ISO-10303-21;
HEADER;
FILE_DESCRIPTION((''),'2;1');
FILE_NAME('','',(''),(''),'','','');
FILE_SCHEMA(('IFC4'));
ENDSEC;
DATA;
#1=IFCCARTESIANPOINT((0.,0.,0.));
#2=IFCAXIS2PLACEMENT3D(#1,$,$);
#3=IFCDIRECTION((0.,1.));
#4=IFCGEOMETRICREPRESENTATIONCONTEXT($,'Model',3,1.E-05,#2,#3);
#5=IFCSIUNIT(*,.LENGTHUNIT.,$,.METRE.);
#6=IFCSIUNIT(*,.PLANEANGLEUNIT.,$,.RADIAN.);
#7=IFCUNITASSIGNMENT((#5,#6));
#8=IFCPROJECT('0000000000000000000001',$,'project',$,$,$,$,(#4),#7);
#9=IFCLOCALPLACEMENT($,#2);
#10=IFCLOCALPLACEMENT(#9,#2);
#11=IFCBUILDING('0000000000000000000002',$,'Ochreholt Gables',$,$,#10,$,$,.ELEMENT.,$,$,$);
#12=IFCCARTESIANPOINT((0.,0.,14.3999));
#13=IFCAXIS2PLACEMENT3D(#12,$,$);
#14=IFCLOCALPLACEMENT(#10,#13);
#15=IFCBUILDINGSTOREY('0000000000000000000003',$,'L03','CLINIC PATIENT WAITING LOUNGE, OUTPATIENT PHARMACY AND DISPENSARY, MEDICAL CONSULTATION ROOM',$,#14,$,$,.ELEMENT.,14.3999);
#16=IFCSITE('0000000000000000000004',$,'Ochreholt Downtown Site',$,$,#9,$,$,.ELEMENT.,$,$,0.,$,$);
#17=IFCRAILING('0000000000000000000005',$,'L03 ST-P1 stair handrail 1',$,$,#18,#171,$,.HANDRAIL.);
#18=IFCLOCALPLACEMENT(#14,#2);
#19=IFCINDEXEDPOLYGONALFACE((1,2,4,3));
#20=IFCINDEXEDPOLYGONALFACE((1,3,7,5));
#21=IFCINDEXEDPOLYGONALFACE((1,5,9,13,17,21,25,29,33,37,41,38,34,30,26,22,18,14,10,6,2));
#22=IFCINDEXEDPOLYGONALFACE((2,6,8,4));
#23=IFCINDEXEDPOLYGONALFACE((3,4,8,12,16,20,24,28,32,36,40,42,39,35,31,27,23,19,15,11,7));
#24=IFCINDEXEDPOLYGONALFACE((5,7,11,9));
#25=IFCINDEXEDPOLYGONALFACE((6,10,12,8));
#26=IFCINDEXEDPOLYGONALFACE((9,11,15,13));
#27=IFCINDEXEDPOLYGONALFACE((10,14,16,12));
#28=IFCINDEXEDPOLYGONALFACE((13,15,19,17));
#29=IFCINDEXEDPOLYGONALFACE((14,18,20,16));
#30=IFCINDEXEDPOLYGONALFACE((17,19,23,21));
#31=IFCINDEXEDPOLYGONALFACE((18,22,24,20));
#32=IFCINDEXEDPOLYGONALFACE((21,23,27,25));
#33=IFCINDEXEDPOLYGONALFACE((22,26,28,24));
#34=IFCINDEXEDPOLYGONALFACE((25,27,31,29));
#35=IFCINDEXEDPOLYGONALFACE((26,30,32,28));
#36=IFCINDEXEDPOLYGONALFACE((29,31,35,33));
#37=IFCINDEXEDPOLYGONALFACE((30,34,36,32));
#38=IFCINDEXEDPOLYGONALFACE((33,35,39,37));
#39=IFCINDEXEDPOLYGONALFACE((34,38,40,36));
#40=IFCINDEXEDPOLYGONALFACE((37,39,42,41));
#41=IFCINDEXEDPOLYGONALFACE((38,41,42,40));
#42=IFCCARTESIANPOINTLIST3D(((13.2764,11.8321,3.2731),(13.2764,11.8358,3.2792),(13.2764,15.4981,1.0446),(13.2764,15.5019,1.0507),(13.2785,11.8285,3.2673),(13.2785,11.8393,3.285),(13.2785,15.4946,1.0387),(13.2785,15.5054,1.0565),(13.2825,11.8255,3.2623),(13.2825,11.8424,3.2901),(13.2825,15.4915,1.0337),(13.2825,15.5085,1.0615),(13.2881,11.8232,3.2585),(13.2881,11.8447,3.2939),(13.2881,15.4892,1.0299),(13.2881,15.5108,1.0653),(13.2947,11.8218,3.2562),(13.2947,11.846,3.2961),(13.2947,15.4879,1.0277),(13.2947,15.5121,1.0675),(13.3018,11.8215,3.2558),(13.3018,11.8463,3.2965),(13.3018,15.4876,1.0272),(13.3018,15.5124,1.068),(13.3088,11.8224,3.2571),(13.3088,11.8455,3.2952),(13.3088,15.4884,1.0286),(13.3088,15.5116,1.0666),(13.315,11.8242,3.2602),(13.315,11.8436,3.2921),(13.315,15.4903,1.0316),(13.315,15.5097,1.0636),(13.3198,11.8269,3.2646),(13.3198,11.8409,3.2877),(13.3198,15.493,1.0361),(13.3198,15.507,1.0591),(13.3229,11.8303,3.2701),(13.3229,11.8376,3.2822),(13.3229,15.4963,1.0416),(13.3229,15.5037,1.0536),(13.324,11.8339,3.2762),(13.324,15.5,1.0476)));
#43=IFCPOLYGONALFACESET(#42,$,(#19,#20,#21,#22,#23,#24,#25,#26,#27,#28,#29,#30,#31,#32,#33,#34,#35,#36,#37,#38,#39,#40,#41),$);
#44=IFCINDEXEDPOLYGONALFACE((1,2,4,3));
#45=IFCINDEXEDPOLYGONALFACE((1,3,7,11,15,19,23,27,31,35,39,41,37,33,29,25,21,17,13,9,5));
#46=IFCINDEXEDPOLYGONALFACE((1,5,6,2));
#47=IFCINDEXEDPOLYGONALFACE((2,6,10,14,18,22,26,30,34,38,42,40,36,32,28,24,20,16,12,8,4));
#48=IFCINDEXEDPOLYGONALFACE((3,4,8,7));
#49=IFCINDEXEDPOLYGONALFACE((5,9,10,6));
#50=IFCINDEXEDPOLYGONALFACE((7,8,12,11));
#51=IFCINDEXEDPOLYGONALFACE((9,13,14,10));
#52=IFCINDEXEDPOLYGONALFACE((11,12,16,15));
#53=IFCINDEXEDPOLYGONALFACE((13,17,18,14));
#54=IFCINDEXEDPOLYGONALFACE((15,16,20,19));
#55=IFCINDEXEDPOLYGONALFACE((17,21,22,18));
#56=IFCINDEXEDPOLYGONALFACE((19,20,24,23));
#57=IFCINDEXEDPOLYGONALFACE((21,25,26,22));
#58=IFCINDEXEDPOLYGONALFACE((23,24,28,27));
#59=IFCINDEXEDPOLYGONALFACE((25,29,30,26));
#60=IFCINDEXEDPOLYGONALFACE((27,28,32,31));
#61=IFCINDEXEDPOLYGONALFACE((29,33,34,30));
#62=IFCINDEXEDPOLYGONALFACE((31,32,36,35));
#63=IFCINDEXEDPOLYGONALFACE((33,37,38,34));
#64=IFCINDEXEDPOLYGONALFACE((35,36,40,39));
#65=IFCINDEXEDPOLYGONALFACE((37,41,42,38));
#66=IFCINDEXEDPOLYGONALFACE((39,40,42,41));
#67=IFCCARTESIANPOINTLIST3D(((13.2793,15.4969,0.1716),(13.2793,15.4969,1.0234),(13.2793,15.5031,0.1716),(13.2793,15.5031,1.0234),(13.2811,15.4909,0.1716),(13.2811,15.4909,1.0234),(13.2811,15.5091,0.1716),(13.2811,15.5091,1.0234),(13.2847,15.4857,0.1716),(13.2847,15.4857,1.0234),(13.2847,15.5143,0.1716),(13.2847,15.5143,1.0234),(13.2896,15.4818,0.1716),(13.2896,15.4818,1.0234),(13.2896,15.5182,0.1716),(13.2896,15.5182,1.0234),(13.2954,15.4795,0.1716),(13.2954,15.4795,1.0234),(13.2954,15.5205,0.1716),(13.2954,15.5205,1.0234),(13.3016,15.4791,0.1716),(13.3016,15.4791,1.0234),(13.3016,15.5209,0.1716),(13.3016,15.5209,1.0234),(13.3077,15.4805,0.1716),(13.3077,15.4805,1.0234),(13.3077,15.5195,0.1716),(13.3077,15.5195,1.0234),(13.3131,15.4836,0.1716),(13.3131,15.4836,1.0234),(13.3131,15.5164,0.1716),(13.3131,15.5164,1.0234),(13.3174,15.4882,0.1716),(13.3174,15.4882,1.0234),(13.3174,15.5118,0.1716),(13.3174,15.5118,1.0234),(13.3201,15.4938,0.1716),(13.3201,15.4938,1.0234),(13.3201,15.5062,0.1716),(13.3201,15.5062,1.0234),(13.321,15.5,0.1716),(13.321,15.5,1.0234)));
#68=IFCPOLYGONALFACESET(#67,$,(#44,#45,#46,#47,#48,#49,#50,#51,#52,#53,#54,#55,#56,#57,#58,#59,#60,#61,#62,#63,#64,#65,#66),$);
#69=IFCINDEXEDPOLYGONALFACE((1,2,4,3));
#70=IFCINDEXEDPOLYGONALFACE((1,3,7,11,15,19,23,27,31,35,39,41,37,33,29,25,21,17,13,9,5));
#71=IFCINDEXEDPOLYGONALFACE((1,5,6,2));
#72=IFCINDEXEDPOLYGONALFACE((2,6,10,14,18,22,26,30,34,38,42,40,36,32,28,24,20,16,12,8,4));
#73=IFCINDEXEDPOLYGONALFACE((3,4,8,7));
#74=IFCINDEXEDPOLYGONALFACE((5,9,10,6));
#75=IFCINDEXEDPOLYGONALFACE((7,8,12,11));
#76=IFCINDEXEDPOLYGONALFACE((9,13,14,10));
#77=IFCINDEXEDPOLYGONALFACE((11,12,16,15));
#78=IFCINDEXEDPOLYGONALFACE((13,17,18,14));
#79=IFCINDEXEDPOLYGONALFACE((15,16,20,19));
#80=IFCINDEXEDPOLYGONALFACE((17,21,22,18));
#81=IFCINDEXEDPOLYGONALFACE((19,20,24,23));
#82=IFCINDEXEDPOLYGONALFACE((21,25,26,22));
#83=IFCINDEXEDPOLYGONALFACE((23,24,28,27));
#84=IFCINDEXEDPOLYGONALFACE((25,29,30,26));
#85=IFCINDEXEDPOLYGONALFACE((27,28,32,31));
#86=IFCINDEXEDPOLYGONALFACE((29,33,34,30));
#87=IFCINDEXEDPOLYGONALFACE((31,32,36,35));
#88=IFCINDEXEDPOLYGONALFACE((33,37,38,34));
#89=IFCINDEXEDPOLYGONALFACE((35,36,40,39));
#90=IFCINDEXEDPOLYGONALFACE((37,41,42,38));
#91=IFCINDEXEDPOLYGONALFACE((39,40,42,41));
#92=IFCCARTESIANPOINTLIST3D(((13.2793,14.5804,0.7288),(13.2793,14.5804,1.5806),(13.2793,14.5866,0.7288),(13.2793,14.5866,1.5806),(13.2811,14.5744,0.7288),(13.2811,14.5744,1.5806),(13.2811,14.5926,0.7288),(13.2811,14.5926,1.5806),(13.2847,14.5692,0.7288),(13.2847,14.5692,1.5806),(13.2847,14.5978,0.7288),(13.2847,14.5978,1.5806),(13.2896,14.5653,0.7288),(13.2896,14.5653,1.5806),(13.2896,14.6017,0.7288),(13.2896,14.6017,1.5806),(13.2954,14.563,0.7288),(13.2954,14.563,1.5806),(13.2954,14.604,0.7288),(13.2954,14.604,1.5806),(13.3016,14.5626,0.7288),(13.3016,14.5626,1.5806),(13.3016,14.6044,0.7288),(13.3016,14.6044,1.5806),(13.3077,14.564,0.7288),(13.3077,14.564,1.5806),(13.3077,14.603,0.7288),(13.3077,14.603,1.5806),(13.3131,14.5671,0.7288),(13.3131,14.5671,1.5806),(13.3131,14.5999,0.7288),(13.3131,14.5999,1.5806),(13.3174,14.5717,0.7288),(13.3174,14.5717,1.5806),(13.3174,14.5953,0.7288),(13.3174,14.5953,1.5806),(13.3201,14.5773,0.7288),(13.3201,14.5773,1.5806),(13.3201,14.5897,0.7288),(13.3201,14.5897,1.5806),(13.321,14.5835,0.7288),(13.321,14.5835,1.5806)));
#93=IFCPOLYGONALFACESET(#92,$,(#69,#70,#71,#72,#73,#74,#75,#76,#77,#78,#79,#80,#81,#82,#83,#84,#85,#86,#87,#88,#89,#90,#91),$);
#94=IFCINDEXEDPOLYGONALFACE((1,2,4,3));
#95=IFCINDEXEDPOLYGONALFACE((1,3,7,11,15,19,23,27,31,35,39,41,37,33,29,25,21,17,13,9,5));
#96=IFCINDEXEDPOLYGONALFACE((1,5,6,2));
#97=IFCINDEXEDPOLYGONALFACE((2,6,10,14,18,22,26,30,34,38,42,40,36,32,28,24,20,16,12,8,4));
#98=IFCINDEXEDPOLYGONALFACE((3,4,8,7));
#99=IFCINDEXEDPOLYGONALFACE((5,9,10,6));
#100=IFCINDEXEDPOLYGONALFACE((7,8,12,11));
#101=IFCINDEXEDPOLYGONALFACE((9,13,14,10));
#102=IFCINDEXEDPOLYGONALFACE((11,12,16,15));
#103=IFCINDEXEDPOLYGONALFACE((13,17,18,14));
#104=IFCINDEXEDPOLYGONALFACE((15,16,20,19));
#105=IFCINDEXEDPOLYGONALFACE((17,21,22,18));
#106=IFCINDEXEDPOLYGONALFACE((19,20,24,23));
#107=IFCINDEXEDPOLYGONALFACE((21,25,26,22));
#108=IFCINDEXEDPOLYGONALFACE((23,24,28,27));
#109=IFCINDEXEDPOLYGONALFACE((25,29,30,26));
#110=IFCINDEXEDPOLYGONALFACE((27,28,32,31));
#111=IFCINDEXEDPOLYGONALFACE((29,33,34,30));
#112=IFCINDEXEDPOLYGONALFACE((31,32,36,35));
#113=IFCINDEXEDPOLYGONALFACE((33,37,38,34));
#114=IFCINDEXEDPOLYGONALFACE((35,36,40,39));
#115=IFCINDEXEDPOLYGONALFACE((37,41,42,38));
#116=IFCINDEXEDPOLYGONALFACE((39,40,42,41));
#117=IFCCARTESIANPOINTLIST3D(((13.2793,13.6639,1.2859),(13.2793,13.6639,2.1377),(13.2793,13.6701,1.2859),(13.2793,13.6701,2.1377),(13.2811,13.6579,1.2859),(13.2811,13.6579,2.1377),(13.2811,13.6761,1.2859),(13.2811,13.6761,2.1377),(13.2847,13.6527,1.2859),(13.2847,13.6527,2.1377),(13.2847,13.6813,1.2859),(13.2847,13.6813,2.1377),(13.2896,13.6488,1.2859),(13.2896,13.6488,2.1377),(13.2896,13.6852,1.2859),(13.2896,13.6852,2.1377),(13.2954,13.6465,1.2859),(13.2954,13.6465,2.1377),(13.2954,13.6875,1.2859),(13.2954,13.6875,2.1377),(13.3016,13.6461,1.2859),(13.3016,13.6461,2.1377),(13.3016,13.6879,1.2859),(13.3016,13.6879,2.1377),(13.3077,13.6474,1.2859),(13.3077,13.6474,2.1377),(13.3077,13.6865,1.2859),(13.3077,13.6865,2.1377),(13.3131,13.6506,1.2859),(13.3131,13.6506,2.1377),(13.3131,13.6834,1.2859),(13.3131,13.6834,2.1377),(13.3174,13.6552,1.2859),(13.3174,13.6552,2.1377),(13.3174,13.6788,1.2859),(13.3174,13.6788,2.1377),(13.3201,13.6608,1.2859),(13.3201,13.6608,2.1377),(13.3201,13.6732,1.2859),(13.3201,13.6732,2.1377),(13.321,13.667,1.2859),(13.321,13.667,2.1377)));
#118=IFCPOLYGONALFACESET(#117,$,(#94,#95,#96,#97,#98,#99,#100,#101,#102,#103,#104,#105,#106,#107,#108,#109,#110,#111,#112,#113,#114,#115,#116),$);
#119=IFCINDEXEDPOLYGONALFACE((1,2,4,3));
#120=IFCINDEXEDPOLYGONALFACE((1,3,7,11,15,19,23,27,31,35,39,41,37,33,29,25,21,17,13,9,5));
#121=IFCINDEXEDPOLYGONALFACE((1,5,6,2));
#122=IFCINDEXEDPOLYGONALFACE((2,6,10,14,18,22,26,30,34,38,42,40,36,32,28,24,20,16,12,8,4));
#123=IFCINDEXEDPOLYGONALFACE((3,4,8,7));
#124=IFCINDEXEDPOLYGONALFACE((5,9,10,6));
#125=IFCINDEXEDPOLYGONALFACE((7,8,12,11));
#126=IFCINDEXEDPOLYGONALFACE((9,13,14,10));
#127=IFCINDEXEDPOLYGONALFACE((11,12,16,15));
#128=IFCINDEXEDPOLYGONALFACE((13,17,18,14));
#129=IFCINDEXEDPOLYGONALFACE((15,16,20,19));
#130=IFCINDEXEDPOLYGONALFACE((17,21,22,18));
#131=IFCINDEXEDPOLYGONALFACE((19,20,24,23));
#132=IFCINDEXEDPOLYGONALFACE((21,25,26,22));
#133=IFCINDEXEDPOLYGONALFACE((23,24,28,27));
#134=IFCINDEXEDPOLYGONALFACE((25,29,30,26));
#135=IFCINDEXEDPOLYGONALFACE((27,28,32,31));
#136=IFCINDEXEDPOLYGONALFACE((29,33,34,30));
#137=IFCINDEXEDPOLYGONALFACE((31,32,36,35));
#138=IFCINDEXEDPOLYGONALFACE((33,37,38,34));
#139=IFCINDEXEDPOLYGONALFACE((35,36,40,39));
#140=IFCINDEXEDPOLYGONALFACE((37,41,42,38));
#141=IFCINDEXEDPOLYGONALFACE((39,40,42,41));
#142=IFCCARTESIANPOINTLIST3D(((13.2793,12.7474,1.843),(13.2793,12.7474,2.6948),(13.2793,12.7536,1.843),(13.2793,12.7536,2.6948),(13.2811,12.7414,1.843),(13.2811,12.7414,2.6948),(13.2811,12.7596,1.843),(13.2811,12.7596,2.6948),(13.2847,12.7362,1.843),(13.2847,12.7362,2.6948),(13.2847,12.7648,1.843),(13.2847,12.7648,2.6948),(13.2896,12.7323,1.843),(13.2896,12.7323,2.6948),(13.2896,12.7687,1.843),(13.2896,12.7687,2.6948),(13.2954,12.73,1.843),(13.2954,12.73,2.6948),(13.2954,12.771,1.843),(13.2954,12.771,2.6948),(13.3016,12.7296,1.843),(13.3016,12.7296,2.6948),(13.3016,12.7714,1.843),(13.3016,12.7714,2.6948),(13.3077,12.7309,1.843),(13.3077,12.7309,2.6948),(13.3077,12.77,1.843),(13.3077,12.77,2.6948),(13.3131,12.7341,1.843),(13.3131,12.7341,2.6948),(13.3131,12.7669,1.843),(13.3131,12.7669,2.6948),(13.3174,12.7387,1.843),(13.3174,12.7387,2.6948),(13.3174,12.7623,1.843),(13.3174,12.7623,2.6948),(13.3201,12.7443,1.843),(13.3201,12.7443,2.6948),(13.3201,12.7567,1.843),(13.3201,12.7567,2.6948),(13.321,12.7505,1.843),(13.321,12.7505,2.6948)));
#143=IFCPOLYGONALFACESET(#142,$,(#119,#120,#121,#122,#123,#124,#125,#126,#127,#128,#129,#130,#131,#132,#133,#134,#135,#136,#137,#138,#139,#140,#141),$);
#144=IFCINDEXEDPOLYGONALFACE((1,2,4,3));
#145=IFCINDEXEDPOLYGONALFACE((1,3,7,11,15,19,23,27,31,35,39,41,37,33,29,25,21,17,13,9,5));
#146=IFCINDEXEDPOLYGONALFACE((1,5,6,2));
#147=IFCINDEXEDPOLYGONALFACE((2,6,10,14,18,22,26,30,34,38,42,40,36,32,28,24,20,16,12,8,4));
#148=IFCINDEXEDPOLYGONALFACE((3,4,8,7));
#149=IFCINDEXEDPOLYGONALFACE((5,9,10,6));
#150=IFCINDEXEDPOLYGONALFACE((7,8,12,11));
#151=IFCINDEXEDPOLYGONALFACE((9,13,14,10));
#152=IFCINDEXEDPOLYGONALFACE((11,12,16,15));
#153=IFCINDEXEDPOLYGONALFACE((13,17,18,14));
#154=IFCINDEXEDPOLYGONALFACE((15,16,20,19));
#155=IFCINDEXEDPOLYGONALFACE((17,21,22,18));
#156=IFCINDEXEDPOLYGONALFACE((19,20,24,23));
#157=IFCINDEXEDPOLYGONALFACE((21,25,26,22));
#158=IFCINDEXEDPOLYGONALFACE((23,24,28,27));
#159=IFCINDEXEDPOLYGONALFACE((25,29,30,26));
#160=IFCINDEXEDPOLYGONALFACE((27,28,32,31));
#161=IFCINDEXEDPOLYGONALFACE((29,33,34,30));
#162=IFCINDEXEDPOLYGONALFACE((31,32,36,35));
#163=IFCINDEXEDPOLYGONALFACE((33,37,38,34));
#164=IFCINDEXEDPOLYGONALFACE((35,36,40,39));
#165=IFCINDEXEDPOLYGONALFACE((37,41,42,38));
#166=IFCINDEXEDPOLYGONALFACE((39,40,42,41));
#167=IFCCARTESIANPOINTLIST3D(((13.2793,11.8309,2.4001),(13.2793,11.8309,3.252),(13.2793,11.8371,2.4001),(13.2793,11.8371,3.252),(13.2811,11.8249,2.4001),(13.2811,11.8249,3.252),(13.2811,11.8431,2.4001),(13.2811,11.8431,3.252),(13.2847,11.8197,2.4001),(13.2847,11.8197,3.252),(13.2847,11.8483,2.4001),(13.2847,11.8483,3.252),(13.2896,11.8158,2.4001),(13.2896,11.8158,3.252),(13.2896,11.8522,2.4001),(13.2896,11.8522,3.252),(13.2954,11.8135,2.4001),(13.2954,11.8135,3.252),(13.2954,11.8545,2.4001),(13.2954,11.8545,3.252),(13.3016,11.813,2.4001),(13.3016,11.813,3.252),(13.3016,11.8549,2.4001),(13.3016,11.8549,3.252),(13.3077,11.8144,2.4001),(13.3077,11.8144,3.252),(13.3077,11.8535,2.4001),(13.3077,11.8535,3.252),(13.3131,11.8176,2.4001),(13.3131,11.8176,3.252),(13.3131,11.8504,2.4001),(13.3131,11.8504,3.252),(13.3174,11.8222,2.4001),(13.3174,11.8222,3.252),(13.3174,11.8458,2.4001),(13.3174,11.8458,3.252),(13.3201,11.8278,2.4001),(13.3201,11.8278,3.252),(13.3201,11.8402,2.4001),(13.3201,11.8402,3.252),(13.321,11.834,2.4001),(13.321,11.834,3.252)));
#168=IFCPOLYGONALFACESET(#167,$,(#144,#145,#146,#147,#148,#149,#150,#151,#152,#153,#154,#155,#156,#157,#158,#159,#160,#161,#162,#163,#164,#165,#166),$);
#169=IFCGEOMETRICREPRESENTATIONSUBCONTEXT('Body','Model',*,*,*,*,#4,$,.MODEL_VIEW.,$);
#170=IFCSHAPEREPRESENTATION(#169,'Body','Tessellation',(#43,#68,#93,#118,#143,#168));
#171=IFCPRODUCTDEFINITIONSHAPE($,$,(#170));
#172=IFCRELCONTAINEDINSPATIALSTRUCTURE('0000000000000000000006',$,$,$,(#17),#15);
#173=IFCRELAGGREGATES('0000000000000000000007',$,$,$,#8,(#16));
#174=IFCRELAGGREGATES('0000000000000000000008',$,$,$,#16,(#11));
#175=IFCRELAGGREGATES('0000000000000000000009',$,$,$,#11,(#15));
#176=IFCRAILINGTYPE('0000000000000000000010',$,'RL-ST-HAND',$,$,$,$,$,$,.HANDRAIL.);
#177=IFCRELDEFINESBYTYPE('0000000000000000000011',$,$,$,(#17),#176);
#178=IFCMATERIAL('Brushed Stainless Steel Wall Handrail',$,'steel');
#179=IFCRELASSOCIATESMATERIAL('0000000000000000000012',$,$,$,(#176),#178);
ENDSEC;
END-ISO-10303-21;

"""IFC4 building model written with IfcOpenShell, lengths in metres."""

from ifc_helpers import new_model, si_unit, direction, frame, origin, origin_2d, place, context, subcontext, project, spatial, circle, extrude, material, type_object, element, save


model = new_model("IFC4")

# Units and contexts
model_context = context("Model", 3, precision=1e-05, world=origin(), true_north=direction((0.0, 1.0)))
body_context = subcontext(model_context, "Body", "Model", "MODEL_VIEW")
ifc_project = project(units=[si_unit("LENGTHUNIT", "METRE"), si_unit("PLANEANGLEUNIT", "RADIAN")], contexts=[model_context])

# Site, building, storey
site_placement = place(None, origin())
site = spatial("IfcSite", under=ifc_project, at=site_placement, Name="Ochreholt Downtown Site", CompositionType="ELEMENT", RefElevation=0.0)
building_placement = place(site_placement, origin())
building = spatial("IfcBuilding", under=site, at=building_placement, Name="Ochreholt Gables", CompositionType="ELEMENT")
storey_placement = place(building_placement, frame((0.0, 0.0, 14.3999)))
storey = spatial("IfcBuildingStorey", under=building, at=storey_placement, Name="L03", Description="CLINIC PATIENT WAITING LOUNGE, OUTPATIENT PHARMACY AND DISPENSARY, MEDICAL CONSULTATION ROOM", CompositionType="ELEMENT", Elevation=14.3999)

# Railing
ifc_material_1 = material(Name="Brushed Stainless Steel Wall Handrail", Category="steel")
railing_type_1 = type_object("IfcRailingType", Name="RL-ST-HAND", PredefinedType="HANDRAIL", material=ifc_material_1)
railing_1_placement = place(storey_placement, frame((13.3, 15.5, 0.1716)))
element("IfcRailing", 1, at=railing_1_placement, inside=storey, type_object=railing_type_1, Name="L03 ST-P1 stair handrail 1", PredefinedType="HANDRAIL", context=body_context, shape_type="SweptSolid", body=[
    extrude(circle(Radius=0.0239, at=origin_2d()), frame((0.0, 0.0, 0.876), z_axis=(0.0, -0.854506, 0.519441), x_axis=(1.0, 0.0, 0.0)), (0.0, 0.0, 1.0), 4.2903),
    extrude(circle(Radius=0.021, at=origin_2d()), origin(), (0.0, 0.0, 1.0), 0.8518),
    extrude(circle(Radius=0.021, at=origin_2d()), frame((0.0, -0.9165, 0.5571)), (0.0, 0.0, 1.0), 0.8518),
    extrude(circle(Radius=0.021, at=origin_2d()), frame((0.0, -1.833, 1.1143)), (0.0, 0.0, 1.0), 0.8518),
    extrude(circle(Radius=0.021, at=origin_2d()), frame((0.0, -2.7495, 1.6714)), (0.0, 0.0, 1.0), 0.8518),
    extrude(circle(Radius=0.021, at=origin_2d()), frame((0.0, -3.666, 2.2285)), (0.0, 0.0, 1.0), 0.8518),
])

save(model, "model.ifc")
